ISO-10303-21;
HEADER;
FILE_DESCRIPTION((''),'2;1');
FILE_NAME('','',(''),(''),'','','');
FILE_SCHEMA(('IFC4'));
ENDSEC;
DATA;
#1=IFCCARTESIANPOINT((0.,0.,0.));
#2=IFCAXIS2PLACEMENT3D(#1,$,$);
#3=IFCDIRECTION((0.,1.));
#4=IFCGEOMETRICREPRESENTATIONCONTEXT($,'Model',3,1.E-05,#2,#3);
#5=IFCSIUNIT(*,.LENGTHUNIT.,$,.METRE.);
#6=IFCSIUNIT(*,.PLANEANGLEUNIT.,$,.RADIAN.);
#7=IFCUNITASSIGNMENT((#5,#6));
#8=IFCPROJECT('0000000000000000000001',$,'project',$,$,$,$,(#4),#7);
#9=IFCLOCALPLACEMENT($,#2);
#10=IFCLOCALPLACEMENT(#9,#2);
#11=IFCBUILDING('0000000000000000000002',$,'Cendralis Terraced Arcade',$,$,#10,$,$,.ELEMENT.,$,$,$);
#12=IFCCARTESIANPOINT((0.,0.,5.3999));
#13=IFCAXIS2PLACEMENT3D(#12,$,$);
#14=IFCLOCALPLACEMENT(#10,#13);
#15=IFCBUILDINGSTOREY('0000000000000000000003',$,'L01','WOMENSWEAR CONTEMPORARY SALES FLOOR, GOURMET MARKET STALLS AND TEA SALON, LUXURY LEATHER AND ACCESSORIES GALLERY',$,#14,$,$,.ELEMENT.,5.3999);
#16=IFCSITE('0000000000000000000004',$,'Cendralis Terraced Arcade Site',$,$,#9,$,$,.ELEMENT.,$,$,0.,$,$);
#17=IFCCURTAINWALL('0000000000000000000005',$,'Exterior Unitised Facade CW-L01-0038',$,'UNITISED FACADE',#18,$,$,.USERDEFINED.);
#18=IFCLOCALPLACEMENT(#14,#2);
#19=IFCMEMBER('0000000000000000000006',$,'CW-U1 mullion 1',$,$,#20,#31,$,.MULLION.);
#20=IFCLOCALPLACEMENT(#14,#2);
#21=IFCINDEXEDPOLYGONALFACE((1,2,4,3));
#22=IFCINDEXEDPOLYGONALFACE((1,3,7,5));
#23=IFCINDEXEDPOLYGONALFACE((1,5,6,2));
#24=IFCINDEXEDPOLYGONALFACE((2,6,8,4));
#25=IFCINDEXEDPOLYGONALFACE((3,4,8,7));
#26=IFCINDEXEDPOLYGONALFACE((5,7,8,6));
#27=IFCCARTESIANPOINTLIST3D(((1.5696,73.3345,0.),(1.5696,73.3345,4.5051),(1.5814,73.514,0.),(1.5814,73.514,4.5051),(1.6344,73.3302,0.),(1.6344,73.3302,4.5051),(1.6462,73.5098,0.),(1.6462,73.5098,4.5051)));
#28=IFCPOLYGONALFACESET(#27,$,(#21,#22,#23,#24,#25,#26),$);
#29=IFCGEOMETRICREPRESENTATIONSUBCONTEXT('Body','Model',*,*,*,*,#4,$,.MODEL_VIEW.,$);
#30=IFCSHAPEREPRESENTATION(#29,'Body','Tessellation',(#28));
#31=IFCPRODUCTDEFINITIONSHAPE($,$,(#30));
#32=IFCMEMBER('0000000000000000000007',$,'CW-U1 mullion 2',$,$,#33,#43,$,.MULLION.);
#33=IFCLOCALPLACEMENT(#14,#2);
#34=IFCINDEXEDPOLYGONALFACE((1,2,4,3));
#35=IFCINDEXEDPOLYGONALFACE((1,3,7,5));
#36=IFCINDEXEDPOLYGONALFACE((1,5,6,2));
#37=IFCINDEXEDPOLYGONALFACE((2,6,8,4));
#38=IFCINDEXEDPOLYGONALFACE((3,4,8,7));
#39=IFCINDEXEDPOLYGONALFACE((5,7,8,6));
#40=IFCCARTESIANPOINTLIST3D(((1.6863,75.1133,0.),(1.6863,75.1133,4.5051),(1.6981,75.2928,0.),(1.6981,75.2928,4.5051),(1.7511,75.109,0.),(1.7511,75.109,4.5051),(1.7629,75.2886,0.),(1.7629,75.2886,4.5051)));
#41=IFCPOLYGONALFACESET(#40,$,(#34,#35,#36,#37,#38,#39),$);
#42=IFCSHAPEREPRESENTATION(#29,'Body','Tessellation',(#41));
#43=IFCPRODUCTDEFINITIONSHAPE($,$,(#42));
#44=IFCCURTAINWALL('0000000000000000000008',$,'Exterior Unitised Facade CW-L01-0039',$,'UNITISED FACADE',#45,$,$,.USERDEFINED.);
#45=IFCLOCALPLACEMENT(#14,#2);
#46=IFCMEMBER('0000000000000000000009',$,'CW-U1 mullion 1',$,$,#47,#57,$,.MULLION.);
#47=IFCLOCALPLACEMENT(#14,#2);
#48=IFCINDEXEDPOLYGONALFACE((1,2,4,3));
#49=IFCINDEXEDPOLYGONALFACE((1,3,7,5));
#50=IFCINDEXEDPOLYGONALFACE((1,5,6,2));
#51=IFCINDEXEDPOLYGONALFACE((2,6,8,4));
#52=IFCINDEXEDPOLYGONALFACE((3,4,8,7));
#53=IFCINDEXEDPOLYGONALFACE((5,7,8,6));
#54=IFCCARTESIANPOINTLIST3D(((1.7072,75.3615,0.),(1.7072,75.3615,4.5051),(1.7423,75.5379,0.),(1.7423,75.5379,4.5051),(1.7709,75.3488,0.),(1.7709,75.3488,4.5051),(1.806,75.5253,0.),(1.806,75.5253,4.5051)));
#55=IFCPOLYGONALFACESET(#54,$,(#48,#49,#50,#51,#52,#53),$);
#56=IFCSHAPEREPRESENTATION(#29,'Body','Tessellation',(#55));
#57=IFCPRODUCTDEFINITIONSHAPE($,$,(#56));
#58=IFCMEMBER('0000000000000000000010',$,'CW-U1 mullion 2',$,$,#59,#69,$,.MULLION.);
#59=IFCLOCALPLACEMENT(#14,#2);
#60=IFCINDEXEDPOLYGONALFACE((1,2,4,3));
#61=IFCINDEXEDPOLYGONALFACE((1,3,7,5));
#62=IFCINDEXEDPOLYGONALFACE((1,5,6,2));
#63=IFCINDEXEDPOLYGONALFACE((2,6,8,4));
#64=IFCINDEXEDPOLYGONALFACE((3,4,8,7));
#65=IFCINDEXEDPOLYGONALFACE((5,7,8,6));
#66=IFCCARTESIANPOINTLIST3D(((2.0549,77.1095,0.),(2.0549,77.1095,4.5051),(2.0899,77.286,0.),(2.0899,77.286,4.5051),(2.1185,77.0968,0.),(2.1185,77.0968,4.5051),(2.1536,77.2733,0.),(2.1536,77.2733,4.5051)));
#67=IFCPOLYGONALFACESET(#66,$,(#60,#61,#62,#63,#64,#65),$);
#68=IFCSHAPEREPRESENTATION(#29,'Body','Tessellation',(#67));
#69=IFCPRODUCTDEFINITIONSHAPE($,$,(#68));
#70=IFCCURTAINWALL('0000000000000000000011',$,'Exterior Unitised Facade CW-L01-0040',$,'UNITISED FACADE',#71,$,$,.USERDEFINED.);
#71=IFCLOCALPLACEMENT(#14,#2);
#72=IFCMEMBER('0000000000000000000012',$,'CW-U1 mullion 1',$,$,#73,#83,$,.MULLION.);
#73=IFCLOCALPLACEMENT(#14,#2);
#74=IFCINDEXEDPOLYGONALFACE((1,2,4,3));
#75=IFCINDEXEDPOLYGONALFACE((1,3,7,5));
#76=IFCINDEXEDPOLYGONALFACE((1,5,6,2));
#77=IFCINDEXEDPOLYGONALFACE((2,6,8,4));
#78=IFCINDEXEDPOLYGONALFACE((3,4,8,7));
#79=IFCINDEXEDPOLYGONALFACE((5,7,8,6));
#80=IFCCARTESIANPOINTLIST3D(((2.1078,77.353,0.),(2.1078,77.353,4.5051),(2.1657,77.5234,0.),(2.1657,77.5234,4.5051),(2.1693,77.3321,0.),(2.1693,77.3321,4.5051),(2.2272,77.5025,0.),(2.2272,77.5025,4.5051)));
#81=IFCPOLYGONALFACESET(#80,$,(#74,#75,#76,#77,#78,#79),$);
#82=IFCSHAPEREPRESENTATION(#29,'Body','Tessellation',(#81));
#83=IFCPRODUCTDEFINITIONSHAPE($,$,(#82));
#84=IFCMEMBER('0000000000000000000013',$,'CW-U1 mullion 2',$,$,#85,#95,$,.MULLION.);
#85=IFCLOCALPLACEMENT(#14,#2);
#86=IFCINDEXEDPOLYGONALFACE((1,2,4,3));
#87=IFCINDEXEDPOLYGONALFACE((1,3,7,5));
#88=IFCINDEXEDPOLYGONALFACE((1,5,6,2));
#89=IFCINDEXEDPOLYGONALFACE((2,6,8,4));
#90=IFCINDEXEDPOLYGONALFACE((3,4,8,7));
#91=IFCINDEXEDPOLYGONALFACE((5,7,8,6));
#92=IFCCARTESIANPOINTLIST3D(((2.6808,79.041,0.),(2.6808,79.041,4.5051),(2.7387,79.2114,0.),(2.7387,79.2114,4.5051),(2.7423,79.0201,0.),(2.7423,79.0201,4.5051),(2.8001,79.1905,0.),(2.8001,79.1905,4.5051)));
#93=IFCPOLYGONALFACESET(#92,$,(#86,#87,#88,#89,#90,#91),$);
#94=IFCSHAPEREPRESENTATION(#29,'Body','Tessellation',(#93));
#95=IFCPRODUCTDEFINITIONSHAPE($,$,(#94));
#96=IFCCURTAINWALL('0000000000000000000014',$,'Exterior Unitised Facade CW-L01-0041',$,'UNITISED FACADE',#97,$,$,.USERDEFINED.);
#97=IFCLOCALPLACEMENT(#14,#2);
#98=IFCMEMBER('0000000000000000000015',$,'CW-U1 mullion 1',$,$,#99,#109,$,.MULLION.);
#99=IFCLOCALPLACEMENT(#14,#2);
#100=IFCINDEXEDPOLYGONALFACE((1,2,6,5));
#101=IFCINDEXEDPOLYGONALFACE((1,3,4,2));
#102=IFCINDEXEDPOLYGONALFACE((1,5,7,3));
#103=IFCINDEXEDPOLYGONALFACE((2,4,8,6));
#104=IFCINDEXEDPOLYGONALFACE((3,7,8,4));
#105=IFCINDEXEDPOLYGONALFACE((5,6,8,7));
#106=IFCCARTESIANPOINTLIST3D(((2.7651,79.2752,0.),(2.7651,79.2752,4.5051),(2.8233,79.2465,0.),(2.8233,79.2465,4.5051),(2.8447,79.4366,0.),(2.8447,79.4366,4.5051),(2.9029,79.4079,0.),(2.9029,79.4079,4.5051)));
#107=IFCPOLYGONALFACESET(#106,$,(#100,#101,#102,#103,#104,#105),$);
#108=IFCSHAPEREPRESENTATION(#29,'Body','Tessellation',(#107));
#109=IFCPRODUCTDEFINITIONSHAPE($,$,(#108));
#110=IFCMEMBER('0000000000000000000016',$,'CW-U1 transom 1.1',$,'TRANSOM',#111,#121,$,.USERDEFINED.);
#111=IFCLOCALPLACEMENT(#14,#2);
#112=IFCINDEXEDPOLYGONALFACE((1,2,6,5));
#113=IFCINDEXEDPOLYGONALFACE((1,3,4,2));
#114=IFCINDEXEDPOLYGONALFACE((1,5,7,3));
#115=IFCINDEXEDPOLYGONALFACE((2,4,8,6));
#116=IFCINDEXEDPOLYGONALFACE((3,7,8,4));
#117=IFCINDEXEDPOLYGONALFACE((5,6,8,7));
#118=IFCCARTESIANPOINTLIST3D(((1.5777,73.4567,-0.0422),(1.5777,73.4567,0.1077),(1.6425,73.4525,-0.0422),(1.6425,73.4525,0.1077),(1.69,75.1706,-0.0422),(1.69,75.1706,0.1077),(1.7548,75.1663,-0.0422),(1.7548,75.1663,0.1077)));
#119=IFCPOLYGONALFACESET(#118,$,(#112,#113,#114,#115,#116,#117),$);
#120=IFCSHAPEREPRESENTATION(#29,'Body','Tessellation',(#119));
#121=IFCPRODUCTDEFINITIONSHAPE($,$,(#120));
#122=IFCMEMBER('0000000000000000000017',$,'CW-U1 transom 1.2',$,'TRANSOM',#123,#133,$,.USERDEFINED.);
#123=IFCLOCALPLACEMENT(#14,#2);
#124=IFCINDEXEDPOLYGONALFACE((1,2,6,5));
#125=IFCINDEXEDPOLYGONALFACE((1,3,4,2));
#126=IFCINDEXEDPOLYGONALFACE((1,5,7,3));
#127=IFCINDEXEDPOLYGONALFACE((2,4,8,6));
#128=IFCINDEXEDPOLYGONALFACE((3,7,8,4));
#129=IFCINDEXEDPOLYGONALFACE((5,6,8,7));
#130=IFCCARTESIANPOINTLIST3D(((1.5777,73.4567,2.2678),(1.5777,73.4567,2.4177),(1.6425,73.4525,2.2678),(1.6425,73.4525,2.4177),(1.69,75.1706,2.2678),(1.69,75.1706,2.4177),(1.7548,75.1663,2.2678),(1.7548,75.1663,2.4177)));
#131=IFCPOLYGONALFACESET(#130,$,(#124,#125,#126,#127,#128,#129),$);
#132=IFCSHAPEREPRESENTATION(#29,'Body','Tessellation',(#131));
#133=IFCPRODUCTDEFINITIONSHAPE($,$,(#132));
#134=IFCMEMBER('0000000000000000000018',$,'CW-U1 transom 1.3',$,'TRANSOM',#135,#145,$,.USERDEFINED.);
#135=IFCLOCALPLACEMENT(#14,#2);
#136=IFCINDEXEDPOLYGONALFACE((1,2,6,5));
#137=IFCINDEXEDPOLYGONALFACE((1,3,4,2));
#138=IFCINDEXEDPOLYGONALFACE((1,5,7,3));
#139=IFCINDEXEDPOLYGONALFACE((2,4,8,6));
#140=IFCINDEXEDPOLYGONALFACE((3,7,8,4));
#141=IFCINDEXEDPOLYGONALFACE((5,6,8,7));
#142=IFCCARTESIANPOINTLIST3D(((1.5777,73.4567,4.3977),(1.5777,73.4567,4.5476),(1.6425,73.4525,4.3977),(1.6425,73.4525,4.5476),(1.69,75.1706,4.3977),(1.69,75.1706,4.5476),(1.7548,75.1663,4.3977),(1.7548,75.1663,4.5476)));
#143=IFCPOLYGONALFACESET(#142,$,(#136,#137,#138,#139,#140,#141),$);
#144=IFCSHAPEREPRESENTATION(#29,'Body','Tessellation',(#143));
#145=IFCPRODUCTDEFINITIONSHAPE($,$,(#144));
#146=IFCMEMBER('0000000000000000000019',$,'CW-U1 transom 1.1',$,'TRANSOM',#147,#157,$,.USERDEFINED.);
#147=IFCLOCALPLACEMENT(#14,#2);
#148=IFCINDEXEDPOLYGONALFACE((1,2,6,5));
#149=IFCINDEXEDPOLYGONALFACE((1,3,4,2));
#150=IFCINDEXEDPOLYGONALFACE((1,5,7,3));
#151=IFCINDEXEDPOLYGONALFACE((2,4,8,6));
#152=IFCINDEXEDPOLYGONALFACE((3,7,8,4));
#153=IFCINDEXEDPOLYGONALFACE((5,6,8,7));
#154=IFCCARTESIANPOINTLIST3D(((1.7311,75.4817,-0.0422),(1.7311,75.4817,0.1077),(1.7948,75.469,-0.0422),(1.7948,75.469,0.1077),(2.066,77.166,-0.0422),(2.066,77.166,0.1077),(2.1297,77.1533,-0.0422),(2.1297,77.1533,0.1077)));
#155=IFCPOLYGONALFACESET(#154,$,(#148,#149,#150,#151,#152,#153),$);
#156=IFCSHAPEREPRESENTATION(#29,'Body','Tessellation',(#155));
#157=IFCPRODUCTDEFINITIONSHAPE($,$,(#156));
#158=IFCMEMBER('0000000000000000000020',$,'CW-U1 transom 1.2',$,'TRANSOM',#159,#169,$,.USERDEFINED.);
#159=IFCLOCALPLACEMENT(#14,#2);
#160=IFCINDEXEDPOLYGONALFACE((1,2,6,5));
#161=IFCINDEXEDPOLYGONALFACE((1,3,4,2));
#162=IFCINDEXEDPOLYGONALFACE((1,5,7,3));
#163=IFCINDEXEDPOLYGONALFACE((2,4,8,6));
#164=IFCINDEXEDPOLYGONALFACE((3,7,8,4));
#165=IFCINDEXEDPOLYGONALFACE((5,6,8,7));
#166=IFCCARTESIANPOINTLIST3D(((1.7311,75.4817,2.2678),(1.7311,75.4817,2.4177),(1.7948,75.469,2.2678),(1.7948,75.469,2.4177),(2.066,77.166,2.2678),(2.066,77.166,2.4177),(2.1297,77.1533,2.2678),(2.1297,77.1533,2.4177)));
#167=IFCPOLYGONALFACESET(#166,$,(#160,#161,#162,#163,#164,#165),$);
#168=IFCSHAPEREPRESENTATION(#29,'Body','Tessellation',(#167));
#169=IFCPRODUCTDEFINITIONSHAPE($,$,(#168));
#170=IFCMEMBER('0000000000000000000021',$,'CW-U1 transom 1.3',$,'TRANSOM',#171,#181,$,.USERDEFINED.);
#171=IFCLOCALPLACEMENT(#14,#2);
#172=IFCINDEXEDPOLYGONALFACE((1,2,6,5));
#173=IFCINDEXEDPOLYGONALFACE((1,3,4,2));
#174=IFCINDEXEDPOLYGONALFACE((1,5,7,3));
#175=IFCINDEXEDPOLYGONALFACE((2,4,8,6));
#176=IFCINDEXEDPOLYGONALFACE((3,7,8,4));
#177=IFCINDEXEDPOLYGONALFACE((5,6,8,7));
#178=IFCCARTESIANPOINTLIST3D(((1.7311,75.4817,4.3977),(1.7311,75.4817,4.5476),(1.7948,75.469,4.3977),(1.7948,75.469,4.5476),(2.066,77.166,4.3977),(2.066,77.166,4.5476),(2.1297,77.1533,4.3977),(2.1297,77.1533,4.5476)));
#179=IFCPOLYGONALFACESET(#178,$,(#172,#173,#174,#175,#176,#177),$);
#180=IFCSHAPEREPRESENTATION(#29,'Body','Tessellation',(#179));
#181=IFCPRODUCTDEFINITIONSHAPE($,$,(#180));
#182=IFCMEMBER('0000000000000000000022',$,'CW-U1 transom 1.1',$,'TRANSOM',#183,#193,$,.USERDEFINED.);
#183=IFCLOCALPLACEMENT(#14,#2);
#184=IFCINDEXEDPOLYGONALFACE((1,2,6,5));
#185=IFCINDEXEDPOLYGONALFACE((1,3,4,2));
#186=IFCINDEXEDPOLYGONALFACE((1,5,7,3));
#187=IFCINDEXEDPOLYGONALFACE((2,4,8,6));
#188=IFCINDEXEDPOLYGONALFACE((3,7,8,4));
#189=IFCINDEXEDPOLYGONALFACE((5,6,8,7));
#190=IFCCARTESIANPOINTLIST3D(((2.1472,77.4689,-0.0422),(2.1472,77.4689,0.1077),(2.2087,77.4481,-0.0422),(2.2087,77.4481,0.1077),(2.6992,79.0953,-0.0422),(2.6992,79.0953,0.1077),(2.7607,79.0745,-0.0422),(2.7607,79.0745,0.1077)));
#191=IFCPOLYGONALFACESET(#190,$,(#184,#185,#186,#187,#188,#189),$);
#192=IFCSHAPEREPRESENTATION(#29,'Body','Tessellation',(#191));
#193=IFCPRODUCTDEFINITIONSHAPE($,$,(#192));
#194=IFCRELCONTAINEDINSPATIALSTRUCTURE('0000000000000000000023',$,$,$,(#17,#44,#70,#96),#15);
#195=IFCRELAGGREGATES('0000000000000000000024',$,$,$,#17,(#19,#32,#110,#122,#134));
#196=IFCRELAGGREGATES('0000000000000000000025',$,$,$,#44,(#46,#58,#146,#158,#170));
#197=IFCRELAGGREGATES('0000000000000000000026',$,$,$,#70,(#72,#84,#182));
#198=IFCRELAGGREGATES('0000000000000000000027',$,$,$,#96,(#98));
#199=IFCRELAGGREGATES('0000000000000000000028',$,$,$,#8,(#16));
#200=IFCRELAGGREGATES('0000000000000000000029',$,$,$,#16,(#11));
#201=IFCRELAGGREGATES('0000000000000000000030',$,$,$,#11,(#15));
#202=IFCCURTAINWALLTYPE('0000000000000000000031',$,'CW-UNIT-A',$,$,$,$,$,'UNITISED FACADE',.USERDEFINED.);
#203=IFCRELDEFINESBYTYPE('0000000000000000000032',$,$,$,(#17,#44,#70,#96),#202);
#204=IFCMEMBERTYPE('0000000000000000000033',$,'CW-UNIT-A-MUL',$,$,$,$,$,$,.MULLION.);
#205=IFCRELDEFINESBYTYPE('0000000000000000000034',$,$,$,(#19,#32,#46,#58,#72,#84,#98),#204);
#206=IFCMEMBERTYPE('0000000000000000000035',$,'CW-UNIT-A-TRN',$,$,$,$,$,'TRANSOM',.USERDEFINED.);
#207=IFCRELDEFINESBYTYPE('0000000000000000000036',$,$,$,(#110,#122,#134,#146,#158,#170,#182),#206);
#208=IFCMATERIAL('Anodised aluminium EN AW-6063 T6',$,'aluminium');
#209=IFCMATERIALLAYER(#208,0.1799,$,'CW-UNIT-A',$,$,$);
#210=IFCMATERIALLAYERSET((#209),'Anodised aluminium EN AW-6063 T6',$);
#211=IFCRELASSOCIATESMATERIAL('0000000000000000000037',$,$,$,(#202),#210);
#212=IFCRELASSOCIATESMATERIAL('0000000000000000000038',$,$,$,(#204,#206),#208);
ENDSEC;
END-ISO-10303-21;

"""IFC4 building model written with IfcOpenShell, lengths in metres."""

from ifc_helpers import new_model, si_unit, direction, frame, origin, origin_2d, place, context, subcontext, project, spatial, rectangle, extrude, material, layer, layer_set, material_profile, profile_set, type_object, element, aggregate, save


model = new_model("IFC4")

# Units and contexts
model_context = context("Model", 3, precision=1e-05, world=origin(), true_north=direction((0.0, 1.0)))
body_context = subcontext(model_context, "Body", "Model", "MODEL_VIEW")
ifc_project = project(units=[si_unit("LENGTHUNIT", "METRE"), si_unit("PLANEANGLEUNIT", "RADIAN")], contexts=[model_context])

# Site, building, storey
site_placement = place(None, origin())
site = spatial("IfcSite", under=ifc_project, at=site_placement, Name="Cendralis Terraced Arcade Site", CompositionType="ELEMENT", RefElevation=0.0)
building_placement = place(site_placement, origin())
building = spatial("IfcBuilding", under=site, at=building_placement, Name="Cendralis Terraced Arcade", CompositionType="ELEMENT")
storey_placement = place(building_placement, frame((0.0, 0.0, 5.3999)))
storey = spatial("IfcBuildingStorey", under=building, at=storey_placement, Name="L01", Description="WOMENSWEAR CONTEMPORARY SALES FLOOR, GOURMET MARKET STALLS AND TEA SALON, LUXURY LEATHER AND ACCESSORIES GALLERY", CompositionType="ELEMENT", Elevation=5.3999)

# Curtain walls, members
ifc_material_1 = material(Name="Anodised aluminium EN AW-6063 T6", Category="aluminium")
ifc_layer_1 = layer(ifc_material_1, 0.1799, Name="CW-UNIT-A")
ifc_layer_set_1 = layer_set([ifc_layer_1], Name="Anodised aluminium EN AW-6063 T6")
curtain_wall_type = type_object("IfcCurtainWallType", Name="CW-UNIT-A", ElementType="UNITISED FACADE", PredefinedType="USERDEFINED", material=ifc_layer_set_1)
curtain_wall_1_placement = place(storey_placement, origin())
curtain_wall_1 = element("IfcCurtainWall", 1, at=curtain_wall_1_placement, inside=storey, type_object=curtain_wall_type, Name="Exterior Unitised Facade CW-L01-0038", ObjectType="UNITISED FACADE", PredefinedType="USERDEFINED")
ifc_material_profile_1 = material_profile(ifc_material_1, rectangle(XDim=0.0649, YDim=0.1799, at=origin_2d()), Name="ALU-MUL-65x180")
ifc_profile_set_1 = profile_set([ifc_material_profile_1], Name="Anodised aluminium EN AW-6063 T6")
member_type_1 = type_object("IfcMemberType", Name="CW-UNIT-A-MUL", PredefinedType="MULLION", material=ifc_profile_set_1)
member_1_placement = place(storey_placement, frame((1.6079, 73.4221, 0.0), z_axis=(0.0, 0.0, 1.0), x_axis=(-0.99786, 0.065384, 0.0)))
member_1 = element("IfcMember", 2, at=member_1_placement, type_object=member_type_1, Name="CW-U1 mullion 1", PredefinedType="MULLION", context=body_context, shape_type="SweptSolid", body=[
    extrude(rectangle(XDim=0.0649, YDim=0.1799, at=origin_2d()), origin(), (0.0, 0.0, 1.0), 4.5051),
])
member_2_placement = place(storey_placement, frame((1.7246, 75.2009, 0.0), z_axis=(0.0, 0.0, 1.0), x_axis=(-0.99786, 0.065384, 0.0)))
member_2 = element("IfcMember", 3, at=member_2_placement, type_object=member_type_1, Name="CW-U1 mullion 2", PredefinedType="MULLION", context=body_context, shape_type="SweptSolid", body=[
    extrude(rectangle(XDim=0.0649, YDim=0.1799, at=origin_2d()), origin(), (0.0, 0.0, 1.0), 4.5051),
])
curtain_wall_2_placement = place(storey_placement, origin())
curtain_wall_2 = element("IfcCurtainWall", 4, at=curtain_wall_2_placement, inside=storey, type_object=curtain_wall_type, Name="Exterior Unitised Facade CW-L01-0039", ObjectType="UNITISED FACADE", PredefinedType="USERDEFINED")
member_3_placement = place(storey_placement, frame((1.7566, 75.4434, 0.0), z_axis=(0.0, 0.0, 1.0), x_axis=(-0.980797, 0.195033, 0.0)))
member_3 = element("IfcMember", 5, at=member_3_placement, type_object=member_type_1, Name="CW-U1 mullion 1", PredefinedType="MULLION", context=body_context, shape_type="SweptSolid", body=[
    extrude(rectangle(XDim=0.0649, YDim=0.1799, at=origin_2d()), origin(), (0.0, 0.0, 1.0), 4.5051),
])
member_4_placement = place(storey_placement, frame((2.1042, 77.1914, 0.0), z_axis=(0.0, 0.0, 1.0), x_axis=(-0.980797, 0.195033, 0.0)))
member_4 = element("IfcMember", 6, at=member_4_placement, type_object=member_type_1, Name="CW-U1 mullion 2", PredefinedType="MULLION", context=body_context, shape_type="SweptSolid", body=[
    extrude(rectangle(XDim=0.0649, YDim=0.1799, at=origin_2d()), origin(), (0.0, 0.0, 1.0), 4.5051),
])
curtain_wall_3_placement = place(storey_placement, origin())
curtain_wall_3 = element("IfcCurtainWall", 7, at=curtain_wall_3_placement, inside=storey, type_object=curtain_wall_type, Name="Exterior Unitised Facade CW-L01-0040", ObjectType="UNITISED FACADE", PredefinedType="USERDEFINED")
member_5_placement = place(storey_placement, frame((2.1675, 77.4277, 0.0), z_axis=(0.0, 0.0, 1.0), x_axis=(-0.94691, 0.3215, 0.0)))
member_5 = element("IfcMember", 8, at=member_5_placement, type_object=member_type_1, Name="CW-U1 mullion 1", PredefinedType="MULLION", context=body_context, shape_type="SweptSolid", body=[
    extrude(rectangle(XDim=0.0649, YDim=0.1799, at=origin_2d()), origin(), (0.0, 0.0, 1.0), 4.5051),
])
member_6_placement = place(storey_placement, frame((2.7405, 79.1157, 0.0), z_axis=(0.0, 0.0, 1.0), x_axis=(-0.94691, 0.3215, 0.0)))
member_6 = element("IfcMember", 9, at=member_6_placement, type_object=member_type_1, Name="CW-U1 mullion 2", PredefinedType="MULLION", context=body_context, shape_type="SweptSolid", body=[
    extrude(rectangle(XDim=0.0649, YDim=0.1799, at=origin_2d()), origin(), (0.0, 0.0, 1.0), 4.5051),
])

# Curtain wall, member
curtain_wall_4_placement = place(storey_placement, origin())
curtain_wall_4 = element("IfcCurtainWall", 10, at=curtain_wall_4_placement, inside=storey, type_object=curtain_wall_type, Name="Exterior Unitised Facade CW-L01-0041", ObjectType="UNITISED FACADE", PredefinedType="USERDEFINED")
member_7_placement = place(storey_placement, frame((2.834, 79.3416, 0.0), z_axis=(0.0, 0.0, 1.0), x_axis=(-0.896882, 0.44227, 0.0)))
member_7 = element("IfcMember", 11, at=member_7_placement, type_object=member_type_1, Name="CW-U1 mullion 1", PredefinedType="MULLION", context=body_context, shape_type="SweptSolid", body=[
    extrude(rectangle(XDim=0.0649, YDim=0.1799, at=origin_2d()), origin(), (0.0, 0.0, 1.0), 4.5051),
])

# Members
ifc_material_profile_2 = material_profile(ifc_material_1, rectangle(XDim=0.0649, YDim=0.1499, at=origin_2d()), Name="ALU-TRN-65x150")
ifc_profile_set_2 = profile_set([ifc_material_profile_2], Name="Anodised aluminium EN AW-6063 T6")
member_type_2 = type_object("IfcMemberType", Name="CW-UNIT-A-TRN", ElementType="TRANSOM", PredefinedType="USERDEFINED", material=ifc_profile_set_2)
member_8_placement = place(storey_placement, frame((1.6101, 73.4546, 0.0327), z_axis=(0.065387, 0.99786, 0.0), x_axis=(-0.99786, 0.065387, 0.0)))
member_8 = element("IfcMember", 12, at=member_8_placement, type_object=member_type_2, Name="CW-U1 transom 1.1", ObjectType="TRANSOM", PredefinedType="USERDEFINED", context=body_context, shape_type="SweptSolid", body=[
    extrude(rectangle(XDim=0.0649, YDim=0.1499, at=origin_2d()), origin(), (0.0, 0.0, 1.0), 1.7175),
])
member_9_placement = place(storey_placement, frame((1.6101, 73.4546, 2.3428), z_axis=(0.065387, 0.99786, 0.0), x_axis=(-0.99786, 0.065387, 0.0)))
member_9 = element("IfcMember", 13, at=member_9_placement, type_object=member_type_2, Name="CW-U1 transom 1.2", ObjectType="TRANSOM", PredefinedType="USERDEFINED", context=body_context, shape_type="SweptSolid", body=[
    extrude(rectangle(XDim=0.0649, YDim=0.1499, at=origin_2d()), origin(), (0.0, 0.0, 1.0), 1.7175),
])
member_10_placement = place(storey_placement, frame((1.6101, 73.4546, 4.4727), z_axis=(0.065387, 0.99786, 0.0), x_axis=(-0.99786, 0.065387, 0.0)))
member_10 = element("IfcMember", 14, at=member_10_placement, type_object=member_type_2, Name="CW-U1 transom 1.3", ObjectType="TRANSOM", PredefinedType="USERDEFINED", context=body_context, shape_type="SweptSolid", body=[
    extrude(rectangle(XDim=0.0649, YDim=0.1499, at=origin_2d()), origin(), (0.0, 0.0, 1.0), 1.7175),
])
member_11_placement = place(storey_placement, frame((1.7629, 75.4753, 0.0327), z_axis=(0.19505, 0.980793, 0.0), x_axis=(-0.980793, 0.19505, 0.0)))
member_11 = element("IfcMember", 15, at=member_11_placement, type_object=member_type_2, Name="CW-U1 transom 1.1", ObjectType="TRANSOM", PredefinedType="USERDEFINED", context=body_context, shape_type="SweptSolid", body=[
    extrude(rectangle(XDim=0.0649, YDim=0.1499, at=origin_2d()), origin(), (0.0, 0.0, 1.0), 1.7173),
])
member_12_placement = place(storey_placement, frame((1.7629, 75.4753, 2.3428), z_axis=(0.19505, 0.980793, 0.0), x_axis=(-0.980793, 0.19505, 0.0)))
member_12 = element("IfcMember", 16, at=member_12_placement, type_object=member_type_2, Name="CW-U1 transom 1.2", ObjectType="TRANSOM", PredefinedType="USERDEFINED", context=body_context, shape_type="SweptSolid", body=[
    extrude(rectangle(XDim=0.0649, YDim=0.1499, at=origin_2d()), origin(), (0.0, 0.0, 1.0), 1.7173),
])
member_13_placement = place(storey_placement, frame((1.7629, 75.4753, 4.4727), z_axis=(0.19505, 0.980793, 0.0), x_axis=(-0.980793, 0.19505, 0.0)))
member_13 = element("IfcMember", 17, at=member_13_placement, type_object=member_type_2, Name="CW-U1 transom 1.3", ObjectType="TRANSOM", PredefinedType="USERDEFINED", context=body_context, shape_type="SweptSolid", body=[
    extrude(rectangle(XDim=0.0649, YDim=0.1499, at=origin_2d()), origin(), (0.0, 0.0, 1.0), 1.7173),
])
member_14_placement = place(storey_placement, frame((2.178, 77.4585, 0.0327), z_axis=(0.321383, 0.946949, 0.0), x_axis=(-0.946949, 0.321383, 0.0)))
member_14 = element("IfcMember", 18, at=member_14_placement, type_object=member_type_2, Name="CW-U1 transom 1.1", ObjectType="TRANSOM", PredefinedType="USERDEFINED", context=body_context, shape_type="SweptSolid", body=[
    extrude(rectangle(XDim=0.0649, YDim=0.1499, at=origin_2d()), origin(), (0.0, 0.0, 1.0), 1.7175),
])

aggregate(curtain_wall_1, [member_1, member_2, member_8, member_9, member_10])
aggregate(curtain_wall_2, [member_3, member_4, member_11, member_12, member_13])
aggregate(curtain_wall_3, [member_5, member_6, member_14])
aggregate(curtain_wall_4, [member_7])

save(model, "model.ifc")
